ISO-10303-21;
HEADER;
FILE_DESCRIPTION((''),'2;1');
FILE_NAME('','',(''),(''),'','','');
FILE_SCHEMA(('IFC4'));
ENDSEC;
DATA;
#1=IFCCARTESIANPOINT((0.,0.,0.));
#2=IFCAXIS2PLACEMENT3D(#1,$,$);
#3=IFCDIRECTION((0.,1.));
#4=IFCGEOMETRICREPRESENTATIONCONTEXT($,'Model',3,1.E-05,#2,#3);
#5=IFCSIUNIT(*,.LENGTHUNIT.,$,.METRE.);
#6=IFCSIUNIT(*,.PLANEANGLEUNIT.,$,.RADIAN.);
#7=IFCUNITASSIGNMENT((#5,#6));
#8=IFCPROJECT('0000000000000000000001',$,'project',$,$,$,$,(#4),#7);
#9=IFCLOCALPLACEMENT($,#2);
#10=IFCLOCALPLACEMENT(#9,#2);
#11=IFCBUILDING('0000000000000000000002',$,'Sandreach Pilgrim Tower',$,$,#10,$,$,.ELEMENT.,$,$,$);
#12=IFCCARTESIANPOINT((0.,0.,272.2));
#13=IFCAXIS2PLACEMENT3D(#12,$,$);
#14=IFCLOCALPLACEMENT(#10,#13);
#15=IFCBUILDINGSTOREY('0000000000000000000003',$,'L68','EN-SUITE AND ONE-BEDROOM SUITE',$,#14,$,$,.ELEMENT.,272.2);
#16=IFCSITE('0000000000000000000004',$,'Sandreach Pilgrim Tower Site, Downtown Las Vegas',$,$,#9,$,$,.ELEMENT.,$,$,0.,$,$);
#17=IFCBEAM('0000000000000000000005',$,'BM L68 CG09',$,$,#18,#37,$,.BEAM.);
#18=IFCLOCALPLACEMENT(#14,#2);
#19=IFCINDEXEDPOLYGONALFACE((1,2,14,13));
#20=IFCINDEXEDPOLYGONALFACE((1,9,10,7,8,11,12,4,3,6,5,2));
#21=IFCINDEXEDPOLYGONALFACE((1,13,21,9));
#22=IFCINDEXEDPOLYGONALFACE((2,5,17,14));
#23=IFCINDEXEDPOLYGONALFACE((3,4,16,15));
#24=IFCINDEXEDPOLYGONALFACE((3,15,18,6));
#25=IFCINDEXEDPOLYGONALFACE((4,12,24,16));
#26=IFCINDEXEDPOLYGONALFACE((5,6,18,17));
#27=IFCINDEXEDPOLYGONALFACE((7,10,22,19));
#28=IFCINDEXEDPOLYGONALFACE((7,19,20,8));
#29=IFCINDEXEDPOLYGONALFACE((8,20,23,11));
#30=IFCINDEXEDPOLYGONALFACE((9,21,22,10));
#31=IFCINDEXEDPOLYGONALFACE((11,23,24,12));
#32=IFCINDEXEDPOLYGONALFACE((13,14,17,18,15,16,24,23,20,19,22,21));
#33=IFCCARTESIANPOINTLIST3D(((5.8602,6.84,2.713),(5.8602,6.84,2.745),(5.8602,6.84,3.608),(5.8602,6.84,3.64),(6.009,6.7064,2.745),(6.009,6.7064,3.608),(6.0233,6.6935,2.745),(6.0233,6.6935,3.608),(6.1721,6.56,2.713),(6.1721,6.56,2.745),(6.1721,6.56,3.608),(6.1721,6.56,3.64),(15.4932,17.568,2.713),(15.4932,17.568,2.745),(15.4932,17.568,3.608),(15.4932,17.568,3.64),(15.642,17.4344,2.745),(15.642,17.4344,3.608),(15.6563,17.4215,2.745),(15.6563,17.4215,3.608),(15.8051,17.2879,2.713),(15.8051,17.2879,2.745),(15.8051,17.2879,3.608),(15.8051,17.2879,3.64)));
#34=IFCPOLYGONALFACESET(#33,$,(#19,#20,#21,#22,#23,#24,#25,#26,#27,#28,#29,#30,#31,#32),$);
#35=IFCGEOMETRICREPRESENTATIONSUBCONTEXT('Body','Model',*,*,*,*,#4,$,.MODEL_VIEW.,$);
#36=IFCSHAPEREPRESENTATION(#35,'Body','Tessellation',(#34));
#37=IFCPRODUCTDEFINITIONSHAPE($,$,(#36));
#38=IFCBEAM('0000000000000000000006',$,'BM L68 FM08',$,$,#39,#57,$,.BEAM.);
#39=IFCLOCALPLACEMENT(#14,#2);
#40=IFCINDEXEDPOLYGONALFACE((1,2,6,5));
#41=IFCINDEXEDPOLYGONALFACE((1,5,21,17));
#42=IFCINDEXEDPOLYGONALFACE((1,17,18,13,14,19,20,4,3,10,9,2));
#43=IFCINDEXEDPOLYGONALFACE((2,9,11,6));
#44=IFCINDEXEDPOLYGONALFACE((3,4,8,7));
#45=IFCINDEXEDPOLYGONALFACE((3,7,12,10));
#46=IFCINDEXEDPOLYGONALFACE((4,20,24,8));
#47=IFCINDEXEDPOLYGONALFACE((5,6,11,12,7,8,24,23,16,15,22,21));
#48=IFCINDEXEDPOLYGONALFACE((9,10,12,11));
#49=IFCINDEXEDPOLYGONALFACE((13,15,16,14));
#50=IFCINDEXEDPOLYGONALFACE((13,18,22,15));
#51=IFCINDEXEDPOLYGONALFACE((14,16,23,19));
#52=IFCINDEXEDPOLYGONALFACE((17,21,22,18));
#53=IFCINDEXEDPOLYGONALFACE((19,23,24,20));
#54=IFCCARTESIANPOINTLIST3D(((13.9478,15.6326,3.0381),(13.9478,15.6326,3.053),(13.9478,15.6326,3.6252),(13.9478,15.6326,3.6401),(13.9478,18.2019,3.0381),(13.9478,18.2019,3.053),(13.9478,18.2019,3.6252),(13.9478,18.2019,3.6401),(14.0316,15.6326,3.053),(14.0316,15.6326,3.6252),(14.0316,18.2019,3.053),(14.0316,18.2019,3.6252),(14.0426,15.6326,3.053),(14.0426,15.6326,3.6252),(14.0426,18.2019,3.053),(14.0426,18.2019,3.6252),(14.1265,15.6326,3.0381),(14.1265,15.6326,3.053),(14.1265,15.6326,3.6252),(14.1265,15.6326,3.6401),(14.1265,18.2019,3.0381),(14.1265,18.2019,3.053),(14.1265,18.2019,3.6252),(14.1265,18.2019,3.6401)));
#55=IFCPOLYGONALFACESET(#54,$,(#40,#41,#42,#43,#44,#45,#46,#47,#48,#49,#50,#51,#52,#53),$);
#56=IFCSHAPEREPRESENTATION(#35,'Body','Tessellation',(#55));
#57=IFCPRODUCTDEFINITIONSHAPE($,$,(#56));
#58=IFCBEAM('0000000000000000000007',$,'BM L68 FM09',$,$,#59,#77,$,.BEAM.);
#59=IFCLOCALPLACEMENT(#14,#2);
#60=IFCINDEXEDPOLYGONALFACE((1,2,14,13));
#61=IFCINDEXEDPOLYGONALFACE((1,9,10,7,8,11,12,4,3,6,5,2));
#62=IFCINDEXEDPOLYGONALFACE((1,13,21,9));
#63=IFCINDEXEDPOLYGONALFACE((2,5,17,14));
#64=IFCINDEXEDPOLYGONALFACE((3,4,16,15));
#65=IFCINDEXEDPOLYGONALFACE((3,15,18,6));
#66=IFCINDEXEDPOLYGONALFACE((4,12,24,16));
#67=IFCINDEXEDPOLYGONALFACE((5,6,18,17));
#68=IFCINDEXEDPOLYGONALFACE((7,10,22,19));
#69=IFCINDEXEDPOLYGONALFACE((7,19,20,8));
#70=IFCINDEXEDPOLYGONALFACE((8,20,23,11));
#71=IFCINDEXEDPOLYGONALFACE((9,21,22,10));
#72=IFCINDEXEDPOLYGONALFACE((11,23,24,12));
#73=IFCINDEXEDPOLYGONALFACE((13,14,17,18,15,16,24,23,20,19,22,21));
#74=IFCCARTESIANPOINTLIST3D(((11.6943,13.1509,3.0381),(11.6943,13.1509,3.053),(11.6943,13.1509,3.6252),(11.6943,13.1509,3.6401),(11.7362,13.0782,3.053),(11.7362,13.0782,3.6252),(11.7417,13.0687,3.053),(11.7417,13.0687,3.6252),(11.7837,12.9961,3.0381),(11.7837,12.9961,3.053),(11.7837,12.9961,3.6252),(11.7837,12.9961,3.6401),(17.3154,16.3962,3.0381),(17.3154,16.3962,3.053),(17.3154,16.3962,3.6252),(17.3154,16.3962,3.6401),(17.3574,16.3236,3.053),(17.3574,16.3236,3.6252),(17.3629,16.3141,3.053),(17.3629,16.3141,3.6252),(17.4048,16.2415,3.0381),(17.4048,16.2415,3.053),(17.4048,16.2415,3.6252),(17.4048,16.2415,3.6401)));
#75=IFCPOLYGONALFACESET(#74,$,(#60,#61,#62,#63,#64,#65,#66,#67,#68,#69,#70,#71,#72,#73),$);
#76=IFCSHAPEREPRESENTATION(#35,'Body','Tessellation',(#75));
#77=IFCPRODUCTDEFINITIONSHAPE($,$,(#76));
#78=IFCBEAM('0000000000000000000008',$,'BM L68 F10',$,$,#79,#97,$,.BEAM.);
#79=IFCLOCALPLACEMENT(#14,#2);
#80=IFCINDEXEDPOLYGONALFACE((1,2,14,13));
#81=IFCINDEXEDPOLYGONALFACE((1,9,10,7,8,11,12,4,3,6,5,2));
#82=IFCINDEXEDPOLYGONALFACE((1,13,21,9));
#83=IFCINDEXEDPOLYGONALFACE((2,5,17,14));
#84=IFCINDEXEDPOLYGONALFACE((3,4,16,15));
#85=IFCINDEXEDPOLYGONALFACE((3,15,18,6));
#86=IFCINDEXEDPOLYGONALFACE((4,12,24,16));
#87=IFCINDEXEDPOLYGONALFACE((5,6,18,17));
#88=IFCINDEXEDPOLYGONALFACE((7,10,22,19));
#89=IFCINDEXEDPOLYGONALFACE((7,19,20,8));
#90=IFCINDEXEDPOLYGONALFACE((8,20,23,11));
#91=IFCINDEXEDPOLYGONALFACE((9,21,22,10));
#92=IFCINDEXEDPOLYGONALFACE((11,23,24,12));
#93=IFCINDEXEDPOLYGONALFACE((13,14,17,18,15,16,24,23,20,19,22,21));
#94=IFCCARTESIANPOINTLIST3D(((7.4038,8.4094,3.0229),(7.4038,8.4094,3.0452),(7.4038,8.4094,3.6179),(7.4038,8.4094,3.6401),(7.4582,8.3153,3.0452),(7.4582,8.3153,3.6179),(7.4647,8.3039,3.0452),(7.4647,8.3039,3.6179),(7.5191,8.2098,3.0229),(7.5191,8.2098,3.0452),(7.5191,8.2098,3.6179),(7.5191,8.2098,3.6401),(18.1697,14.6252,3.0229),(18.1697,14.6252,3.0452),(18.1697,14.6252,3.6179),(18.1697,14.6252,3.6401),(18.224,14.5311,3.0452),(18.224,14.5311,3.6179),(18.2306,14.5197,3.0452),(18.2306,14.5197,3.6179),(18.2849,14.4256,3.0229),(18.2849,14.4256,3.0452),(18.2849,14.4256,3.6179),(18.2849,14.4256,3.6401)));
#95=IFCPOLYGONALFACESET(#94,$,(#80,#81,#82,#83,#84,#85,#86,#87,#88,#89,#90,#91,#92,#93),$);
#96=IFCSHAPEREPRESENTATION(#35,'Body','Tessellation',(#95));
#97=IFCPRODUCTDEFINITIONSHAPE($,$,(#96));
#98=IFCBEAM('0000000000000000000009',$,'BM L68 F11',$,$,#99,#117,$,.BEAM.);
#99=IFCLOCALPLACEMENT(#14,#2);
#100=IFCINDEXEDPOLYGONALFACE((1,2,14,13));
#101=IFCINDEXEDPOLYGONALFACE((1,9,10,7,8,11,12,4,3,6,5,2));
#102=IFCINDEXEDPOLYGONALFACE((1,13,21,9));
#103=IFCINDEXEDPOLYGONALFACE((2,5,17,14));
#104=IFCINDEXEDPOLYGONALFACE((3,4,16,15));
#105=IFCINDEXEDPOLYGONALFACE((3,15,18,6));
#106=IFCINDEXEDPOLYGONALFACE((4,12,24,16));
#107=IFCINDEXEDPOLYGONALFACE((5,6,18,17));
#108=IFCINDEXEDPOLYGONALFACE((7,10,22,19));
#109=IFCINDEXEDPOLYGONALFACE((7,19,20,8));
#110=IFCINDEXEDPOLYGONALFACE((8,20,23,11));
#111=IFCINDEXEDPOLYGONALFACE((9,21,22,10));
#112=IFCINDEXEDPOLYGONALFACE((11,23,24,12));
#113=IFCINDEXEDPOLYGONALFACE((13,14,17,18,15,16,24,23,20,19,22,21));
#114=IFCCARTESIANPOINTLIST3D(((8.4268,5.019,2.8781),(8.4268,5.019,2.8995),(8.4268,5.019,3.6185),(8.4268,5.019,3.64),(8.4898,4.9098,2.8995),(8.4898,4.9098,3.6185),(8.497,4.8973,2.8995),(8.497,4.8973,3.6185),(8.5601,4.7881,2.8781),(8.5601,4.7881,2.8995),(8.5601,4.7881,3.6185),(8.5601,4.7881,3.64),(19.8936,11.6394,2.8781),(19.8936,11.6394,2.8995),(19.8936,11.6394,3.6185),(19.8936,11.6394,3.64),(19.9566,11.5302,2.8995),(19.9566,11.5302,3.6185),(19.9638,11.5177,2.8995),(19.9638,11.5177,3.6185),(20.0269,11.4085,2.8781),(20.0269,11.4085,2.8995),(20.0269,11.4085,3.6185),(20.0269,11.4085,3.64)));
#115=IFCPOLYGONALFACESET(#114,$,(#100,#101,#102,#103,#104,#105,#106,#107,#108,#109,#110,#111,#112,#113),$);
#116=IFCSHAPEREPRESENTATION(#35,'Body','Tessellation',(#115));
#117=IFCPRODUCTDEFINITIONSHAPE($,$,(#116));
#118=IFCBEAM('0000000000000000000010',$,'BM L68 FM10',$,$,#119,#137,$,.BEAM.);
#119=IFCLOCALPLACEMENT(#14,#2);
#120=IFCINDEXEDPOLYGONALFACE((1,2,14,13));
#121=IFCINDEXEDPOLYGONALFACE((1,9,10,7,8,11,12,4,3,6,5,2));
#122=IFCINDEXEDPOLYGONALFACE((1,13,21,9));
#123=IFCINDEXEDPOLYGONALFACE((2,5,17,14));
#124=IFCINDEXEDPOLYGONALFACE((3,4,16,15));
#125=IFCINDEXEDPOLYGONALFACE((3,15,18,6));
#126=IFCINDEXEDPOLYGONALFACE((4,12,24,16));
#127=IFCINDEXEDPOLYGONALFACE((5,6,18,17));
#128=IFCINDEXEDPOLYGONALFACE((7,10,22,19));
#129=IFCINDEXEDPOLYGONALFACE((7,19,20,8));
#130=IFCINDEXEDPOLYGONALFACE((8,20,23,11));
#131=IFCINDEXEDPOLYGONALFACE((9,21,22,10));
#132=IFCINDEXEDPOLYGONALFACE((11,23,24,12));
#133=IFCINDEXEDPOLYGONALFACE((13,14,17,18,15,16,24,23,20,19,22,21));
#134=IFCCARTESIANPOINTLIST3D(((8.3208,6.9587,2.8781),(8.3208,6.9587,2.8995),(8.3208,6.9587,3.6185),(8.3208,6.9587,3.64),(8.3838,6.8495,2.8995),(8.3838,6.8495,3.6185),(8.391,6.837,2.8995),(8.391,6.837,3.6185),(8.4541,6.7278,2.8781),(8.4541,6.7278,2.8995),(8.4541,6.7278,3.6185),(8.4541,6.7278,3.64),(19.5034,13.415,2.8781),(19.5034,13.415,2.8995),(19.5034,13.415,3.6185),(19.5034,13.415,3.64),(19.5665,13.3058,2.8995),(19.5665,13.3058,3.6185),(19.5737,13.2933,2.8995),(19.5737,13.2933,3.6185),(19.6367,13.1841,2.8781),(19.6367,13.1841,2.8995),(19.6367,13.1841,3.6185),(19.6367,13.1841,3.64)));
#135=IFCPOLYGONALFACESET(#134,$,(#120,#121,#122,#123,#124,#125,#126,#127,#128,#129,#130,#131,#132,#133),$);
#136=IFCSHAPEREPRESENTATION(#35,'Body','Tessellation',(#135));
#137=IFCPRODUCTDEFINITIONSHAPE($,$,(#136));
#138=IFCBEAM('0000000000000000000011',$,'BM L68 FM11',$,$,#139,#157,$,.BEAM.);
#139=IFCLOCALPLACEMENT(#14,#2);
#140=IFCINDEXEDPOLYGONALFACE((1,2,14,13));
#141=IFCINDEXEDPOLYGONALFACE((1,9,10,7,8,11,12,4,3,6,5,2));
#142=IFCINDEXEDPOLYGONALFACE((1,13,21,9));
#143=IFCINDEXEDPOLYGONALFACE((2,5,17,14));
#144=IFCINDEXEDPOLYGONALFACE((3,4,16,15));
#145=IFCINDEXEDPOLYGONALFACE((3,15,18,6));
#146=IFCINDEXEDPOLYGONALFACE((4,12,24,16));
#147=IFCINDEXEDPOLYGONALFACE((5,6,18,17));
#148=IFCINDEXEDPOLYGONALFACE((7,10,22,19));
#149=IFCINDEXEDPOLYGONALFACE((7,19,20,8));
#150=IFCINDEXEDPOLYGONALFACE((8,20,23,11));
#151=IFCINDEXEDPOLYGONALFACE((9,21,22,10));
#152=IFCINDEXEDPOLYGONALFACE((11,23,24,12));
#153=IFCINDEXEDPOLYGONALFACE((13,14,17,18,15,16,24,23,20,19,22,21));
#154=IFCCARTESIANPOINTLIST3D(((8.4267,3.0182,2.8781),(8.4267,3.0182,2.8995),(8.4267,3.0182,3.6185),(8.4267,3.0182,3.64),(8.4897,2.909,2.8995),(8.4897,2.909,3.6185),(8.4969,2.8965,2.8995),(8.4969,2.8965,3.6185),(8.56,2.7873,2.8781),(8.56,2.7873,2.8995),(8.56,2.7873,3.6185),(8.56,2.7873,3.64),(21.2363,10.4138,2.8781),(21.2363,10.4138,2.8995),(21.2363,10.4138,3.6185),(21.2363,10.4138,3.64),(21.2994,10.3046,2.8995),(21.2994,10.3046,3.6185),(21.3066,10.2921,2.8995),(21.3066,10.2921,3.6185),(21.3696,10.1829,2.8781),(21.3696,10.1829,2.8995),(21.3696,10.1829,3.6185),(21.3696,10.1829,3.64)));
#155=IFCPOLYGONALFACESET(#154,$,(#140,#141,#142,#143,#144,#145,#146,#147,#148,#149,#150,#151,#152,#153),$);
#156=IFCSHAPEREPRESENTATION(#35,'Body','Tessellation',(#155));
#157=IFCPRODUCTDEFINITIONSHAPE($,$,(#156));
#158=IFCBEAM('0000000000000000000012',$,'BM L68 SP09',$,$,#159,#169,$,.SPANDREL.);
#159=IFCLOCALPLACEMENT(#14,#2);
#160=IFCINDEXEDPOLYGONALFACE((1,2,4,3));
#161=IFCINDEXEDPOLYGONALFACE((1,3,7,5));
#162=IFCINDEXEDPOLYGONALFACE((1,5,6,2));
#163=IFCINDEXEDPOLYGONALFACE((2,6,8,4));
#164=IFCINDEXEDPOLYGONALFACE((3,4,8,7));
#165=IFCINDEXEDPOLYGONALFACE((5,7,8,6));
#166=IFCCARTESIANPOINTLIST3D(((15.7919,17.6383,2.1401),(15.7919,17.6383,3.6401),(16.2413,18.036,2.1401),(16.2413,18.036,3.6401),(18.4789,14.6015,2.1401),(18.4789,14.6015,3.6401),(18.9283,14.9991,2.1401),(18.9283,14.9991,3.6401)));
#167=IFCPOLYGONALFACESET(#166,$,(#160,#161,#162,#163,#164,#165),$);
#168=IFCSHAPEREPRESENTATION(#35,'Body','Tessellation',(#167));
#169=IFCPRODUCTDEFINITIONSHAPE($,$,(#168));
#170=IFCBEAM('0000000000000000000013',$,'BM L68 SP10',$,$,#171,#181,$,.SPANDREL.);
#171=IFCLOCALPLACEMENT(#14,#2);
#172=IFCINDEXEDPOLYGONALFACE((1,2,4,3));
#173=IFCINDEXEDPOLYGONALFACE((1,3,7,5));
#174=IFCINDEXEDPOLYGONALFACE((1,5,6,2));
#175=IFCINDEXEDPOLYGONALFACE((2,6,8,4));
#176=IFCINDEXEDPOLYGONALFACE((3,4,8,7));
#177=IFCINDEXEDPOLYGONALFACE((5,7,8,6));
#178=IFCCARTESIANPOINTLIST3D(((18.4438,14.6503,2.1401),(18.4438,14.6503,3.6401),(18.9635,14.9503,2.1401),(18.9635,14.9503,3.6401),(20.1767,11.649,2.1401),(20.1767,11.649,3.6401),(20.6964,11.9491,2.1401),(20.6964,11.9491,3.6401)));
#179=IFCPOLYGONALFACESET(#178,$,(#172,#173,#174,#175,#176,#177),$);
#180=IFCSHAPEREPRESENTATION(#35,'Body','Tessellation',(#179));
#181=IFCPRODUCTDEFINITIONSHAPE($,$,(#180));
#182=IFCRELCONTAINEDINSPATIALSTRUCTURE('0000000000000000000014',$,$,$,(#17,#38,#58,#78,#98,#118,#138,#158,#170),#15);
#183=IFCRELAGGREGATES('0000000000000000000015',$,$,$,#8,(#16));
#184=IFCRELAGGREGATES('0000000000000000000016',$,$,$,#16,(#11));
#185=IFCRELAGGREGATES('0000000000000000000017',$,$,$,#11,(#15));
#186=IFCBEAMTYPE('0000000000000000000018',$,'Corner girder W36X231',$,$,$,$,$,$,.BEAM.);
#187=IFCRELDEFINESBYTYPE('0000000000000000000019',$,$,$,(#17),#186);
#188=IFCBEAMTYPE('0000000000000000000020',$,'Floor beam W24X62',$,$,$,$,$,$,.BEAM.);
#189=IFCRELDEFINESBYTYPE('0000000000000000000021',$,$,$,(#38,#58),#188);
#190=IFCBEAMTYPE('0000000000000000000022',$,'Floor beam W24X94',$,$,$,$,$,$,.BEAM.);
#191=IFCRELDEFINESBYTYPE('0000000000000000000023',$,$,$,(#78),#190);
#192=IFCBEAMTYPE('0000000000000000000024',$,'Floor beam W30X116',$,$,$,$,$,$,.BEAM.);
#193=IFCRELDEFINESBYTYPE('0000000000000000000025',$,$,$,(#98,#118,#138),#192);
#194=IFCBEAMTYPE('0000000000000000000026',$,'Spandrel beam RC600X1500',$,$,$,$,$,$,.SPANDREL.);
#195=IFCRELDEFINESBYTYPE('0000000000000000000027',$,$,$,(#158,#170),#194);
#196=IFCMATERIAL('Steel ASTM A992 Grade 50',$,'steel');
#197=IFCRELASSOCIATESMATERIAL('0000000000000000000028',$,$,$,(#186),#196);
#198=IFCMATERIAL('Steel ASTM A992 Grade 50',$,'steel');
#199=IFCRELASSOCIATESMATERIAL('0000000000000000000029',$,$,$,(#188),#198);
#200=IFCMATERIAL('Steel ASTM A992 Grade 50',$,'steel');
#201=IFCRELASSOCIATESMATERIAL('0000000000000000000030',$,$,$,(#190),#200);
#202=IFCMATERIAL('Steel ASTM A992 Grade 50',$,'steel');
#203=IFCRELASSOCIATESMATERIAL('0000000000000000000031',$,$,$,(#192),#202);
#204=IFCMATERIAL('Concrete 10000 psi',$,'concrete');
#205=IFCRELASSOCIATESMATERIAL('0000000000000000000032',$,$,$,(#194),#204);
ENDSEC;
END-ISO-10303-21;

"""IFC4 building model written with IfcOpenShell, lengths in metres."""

from ifc_helpers import new_model, si_unit, direction, frame, origin, origin_2d, place, context, subcontext, project, spatial, rectangle, i_section, extrude, material, material_profile, profile_set, type_object, element, save


model = new_model("IFC4")

# Units and contexts
model_context = context("Model", 3, precision=1e-05, world=origin(), true_north=direction((0.0, 1.0)))
body_context = subcontext(model_context, "Body", "Model", "MODEL_VIEW")
ifc_project = project(units=[si_unit("LENGTHUNIT", "METRE"), si_unit("PLANEANGLEUNIT", "RADIAN")], contexts=[model_context])

# Site, building, storey
site_placement = place(None, origin())
site = spatial("IfcSite", under=ifc_project, at=site_placement, Name="Sandreach Pilgrim Tower Site, Downtown Las Vegas", CompositionType="ELEMENT", RefElevation=0.0)
building_placement = place(site_placement, origin())
building = spatial("IfcBuilding", under=site, at=building_placement, Name="Sandreach Pilgrim Tower", CompositionType="ELEMENT")
storey_placement = place(building_placement, frame((0.0, 0.0, 272.2)))
storey = spatial("IfcBuildingStorey", under=building, at=storey_placement, Name="L68", Description="EN-SUITE AND ONE-BEDROOM SUITE", CompositionType="ELEMENT", Elevation=272.2)

# Beams
ifc_material_1 = material(Name="Steel ASTM A992 Grade 50", Category="steel")
ifc_material_profile_1 = material_profile(ifc_material_1, i_section(OverallWidth=0.4192, OverallDepth=0.927, WebThickness=0.0193, FlangeThickness=0.032, at=origin_2d()), Name="W36X231")
ifc_profile_set_1 = profile_set([ifc_material_profile_1], Name="Steel ASTM A992 Grade 50")
beam_type_1 = type_object("IfcBeamType", Name="Corner girder W36X231", PredefinedType="BEAM", material=ifc_profile_set_1)
beam_1_placement = place(storey_placement, frame((15.6492, 17.428, 3.1765), z_axis=(-0.668115, -0.744058, 0.0), x_axis=(0.744058, -0.668115, 0.0)))
element("IfcBeam", 1, at=beam_1_placement, inside=storey, type_object=beam_type_1, Name="BM L68 CG09", PredefinedType="BEAM", context=body_context, shape_type="SweptSolid", body=[
    extrude(i_section(OverallWidth=0.4192, OverallDepth=0.927, WebThickness=0.0193, FlangeThickness=0.032, at=origin_2d()), origin(), (0.0, 0.0, 1.0), 14.4182),
])
ifc_material_2 = material(Name="Steel ASTM A992 Grade 50", Category="steel")
ifc_material_profile_2 = material_profile(ifc_material_2, i_section(OverallWidth=0.1787, OverallDepth=0.6021, WebThickness=0.011, FlangeThickness=0.0149, at=origin_2d()), Name="W24X62")
ifc_profile_set_2 = profile_set([ifc_material_profile_2], Name="Steel ASTM A992 Grade 50")
beam_type_2 = type_object("IfcBeamType", Name="Floor beam W24X62", PredefinedType="BEAM", material=ifc_profile_set_2)
beam_2_placement = place(storey_placement, frame((14.0371, 18.2019, 3.3391), z_axis=(0.0, -1.0, 0.0), x_axis=(1.0, 0.0, 0.0)))
element("IfcBeam", 2, at=beam_2_placement, inside=storey, type_object=beam_type_2, Name="BM L68 FM08", PredefinedType="BEAM", context=body_context, shape_type="SweptSolid", body=[
    extrude(i_section(OverallWidth=0.1787, OverallDepth=0.6021, WebThickness=0.011, FlangeThickness=0.0149, at=origin_2d()), origin(), (0.0, 0.0, 1.0), 2.5693),
])
beam_3_placement = place(storey_placement, frame((17.3601, 16.3188, 3.3391), z_axis=(-0.866024, -0.500002, 0.0), x_axis=(0.500002, -0.866024, 0.0)))
element("IfcBeam", 3, at=beam_3_placement, inside=storey, type_object=beam_type_2, Name="BM L68 FM09", PredefinedType="BEAM", context=body_context, shape_type="SweptSolid", body=[
    extrude(i_section(OverallWidth=0.1787, OverallDepth=0.6021, WebThickness=0.011, FlangeThickness=0.0149, at=origin_2d()), origin(), (0.0, 0.0, 1.0), 6.4907),
])
ifc_material_3 = material(Name="Steel ASTM A992 Grade 50", Category="steel")
ifc_material_profile_3 = material_profile(ifc_material_3, i_section(OverallWidth=0.2305, OverallDepth=0.6172, WebThickness=0.0132, FlangeThickness=0.0222, at=origin_2d()), Name="W24X94")
ifc_profile_set_3 = profile_set([ifc_material_profile_3], Name="Steel ASTM A992 Grade 50")
beam_type_3 = type_object("IfcBeamType", Name="Floor beam W24X94", PredefinedType="BEAM", material=ifc_profile_set_3)
beam_4_placement = place(storey_placement, frame((18.2273, 14.5254, 3.3315), z_axis=(-0.86602, -0.500009, 0.0), x_axis=(0.500009, -0.86602, 0.0)))
element("IfcBeam", 4, at=beam_4_placement, inside=storey, type_object=beam_type_3, Name="BM L68 F10", PredefinedType="BEAM", context=body_context, shape_type="SweptSolid", body=[
    extrude(i_section(OverallWidth=0.2305, OverallDepth=0.6172, WebThickness=0.0132, FlangeThickness=0.0222, at=origin_2d()), origin(), (0.0, 0.0, 1.0), 12.4314),
])
ifc_material_4 = material(Name="Steel ASTM A992 Grade 50", Category="steel")
ifc_material_profile_4 = material_profile(ifc_material_4, i_section(OverallWidth=0.2666, OverallDepth=0.762, WebThickness=0.0144, FlangeThickness=0.0215, at=origin_2d()), Name="W30X116")
ifc_profile_set_4 = profile_set([ifc_material_profile_4], Name="Steel ASTM A992 Grade 50")
beam_type_4 = type_object("IfcBeamType", Name="Floor beam W30X116", PredefinedType="BEAM", material=ifc_profile_set_4)
beam_5_placement = place(storey_placement, frame((19.9602, 11.5239, 3.259), z_axis=(-0.866025, -0.5, 0.0), x_axis=(0.5, -0.866025, 0.0)))
element("IfcBeam", 5, at=beam_5_placement, inside=storey, type_object=beam_type_4, Name="BM L68 F11", PredefinedType="BEAM", context=body_context, shape_type="SweptSolid", body=[
    extrude(i_section(OverallWidth=0.2666, OverallDepth=0.762, WebThickness=0.0144, FlangeThickness=0.0215, at=origin_2d()), origin(), (0.0, 0.0, 1.0), 13.2407),
])
beam_6_placement = place(storey_placement, frame((19.5701, 13.2996, 3.259), z_axis=(-0.866025, -0.500001, 0.0), x_axis=(0.500001, -0.866025, 0.0)))
element("IfcBeam", 6, at=beam_6_placement, inside=storey, type_object=beam_type_4, Name="BM L68 FM10", PredefinedType="BEAM", context=body_context, shape_type="SweptSolid", body=[
    extrude(i_section(OverallWidth=0.2666, OverallDepth=0.762, WebThickness=0.0144, FlangeThickness=0.0215, at=origin_2d()), origin(), (0.0, 0.0, 1.0), 12.9126),
])
beam_7_placement = place(storey_placement, frame((21.303, 10.2983, 3.259), z_axis=(-0.866028, -0.499995, 0.0), x_axis=(0.499995, -0.866028, 0.0)))
element("IfcBeam", 7, at=beam_7_placement, inside=storey, type_object=beam_type_4, Name="BM L68 FM11", PredefinedType="BEAM", context=body_context, shape_type="SweptSolid", body=[
    extrude(i_section(OverallWidth=0.2666, OverallDepth=0.762, WebThickness=0.0144, FlangeThickness=0.0215, at=origin_2d()), origin(), (0.0, 0.0, 1.0), 14.7913),
])
ifc_material_5 = material(Name="Concrete 10000 psi", Category="concrete")
ifc_material_profile_5 = material_profile(ifc_material_5, rectangle(XDim=0.6001, YDim=1.5, at=origin_2d()), Name="RC600X1500")
ifc_profile_set_5 = profile_set([ifc_material_profile_5], Name="Concrete 10000 psi")
beam_type_5 = type_object("IfcBeamType", Name="Spandrel beam RC600X1500", PredefinedType="SPANDREL", material=ifc_profile_set_5)
beam_8_placement = place(storey_placement, frame((16.0166, 17.8372, 2.8901), z_axis=(0.662651, -0.748929, 0.0), x_axis=(0.748929, 0.662651, 0.0)))
element("IfcBeam", 8, at=beam_8_placement, inside=storey, type_object=beam_type_5, Name="BM L68 SP09", PredefinedType="SPANDREL", context=body_context, shape_type="SweptSolid", body=[
    extrude(rectangle(XDim=0.6001, YDim=1.5, at=origin_2d()), origin(), (0.0, 0.0, 1.0), 4.0549),
])
for number, where, z_axis, x_axis, name in (
    (9, (18.7036, 14.8003, 2.8901), (0.500033, -0.866006, 0.0), (0.866006, 0.500033, 0.0), "BM L68 SP10"),
):
    element("IfcBeam", number, at=place(storey_placement, frame(where, z_axis=z_axis, x_axis=x_axis)), inside=storey, type_object=beam_type_5, Name=name, PredefinedType="SPANDREL", context=body_context, shape_type="SweptSolid", body=[
        extrude(rectangle(XDim=0.6001, YDim=1.5, at=origin_2d()), origin(), (0.0, 0.0, 1.0), 3.4656),
    ])

save(model, "model.ifc")
